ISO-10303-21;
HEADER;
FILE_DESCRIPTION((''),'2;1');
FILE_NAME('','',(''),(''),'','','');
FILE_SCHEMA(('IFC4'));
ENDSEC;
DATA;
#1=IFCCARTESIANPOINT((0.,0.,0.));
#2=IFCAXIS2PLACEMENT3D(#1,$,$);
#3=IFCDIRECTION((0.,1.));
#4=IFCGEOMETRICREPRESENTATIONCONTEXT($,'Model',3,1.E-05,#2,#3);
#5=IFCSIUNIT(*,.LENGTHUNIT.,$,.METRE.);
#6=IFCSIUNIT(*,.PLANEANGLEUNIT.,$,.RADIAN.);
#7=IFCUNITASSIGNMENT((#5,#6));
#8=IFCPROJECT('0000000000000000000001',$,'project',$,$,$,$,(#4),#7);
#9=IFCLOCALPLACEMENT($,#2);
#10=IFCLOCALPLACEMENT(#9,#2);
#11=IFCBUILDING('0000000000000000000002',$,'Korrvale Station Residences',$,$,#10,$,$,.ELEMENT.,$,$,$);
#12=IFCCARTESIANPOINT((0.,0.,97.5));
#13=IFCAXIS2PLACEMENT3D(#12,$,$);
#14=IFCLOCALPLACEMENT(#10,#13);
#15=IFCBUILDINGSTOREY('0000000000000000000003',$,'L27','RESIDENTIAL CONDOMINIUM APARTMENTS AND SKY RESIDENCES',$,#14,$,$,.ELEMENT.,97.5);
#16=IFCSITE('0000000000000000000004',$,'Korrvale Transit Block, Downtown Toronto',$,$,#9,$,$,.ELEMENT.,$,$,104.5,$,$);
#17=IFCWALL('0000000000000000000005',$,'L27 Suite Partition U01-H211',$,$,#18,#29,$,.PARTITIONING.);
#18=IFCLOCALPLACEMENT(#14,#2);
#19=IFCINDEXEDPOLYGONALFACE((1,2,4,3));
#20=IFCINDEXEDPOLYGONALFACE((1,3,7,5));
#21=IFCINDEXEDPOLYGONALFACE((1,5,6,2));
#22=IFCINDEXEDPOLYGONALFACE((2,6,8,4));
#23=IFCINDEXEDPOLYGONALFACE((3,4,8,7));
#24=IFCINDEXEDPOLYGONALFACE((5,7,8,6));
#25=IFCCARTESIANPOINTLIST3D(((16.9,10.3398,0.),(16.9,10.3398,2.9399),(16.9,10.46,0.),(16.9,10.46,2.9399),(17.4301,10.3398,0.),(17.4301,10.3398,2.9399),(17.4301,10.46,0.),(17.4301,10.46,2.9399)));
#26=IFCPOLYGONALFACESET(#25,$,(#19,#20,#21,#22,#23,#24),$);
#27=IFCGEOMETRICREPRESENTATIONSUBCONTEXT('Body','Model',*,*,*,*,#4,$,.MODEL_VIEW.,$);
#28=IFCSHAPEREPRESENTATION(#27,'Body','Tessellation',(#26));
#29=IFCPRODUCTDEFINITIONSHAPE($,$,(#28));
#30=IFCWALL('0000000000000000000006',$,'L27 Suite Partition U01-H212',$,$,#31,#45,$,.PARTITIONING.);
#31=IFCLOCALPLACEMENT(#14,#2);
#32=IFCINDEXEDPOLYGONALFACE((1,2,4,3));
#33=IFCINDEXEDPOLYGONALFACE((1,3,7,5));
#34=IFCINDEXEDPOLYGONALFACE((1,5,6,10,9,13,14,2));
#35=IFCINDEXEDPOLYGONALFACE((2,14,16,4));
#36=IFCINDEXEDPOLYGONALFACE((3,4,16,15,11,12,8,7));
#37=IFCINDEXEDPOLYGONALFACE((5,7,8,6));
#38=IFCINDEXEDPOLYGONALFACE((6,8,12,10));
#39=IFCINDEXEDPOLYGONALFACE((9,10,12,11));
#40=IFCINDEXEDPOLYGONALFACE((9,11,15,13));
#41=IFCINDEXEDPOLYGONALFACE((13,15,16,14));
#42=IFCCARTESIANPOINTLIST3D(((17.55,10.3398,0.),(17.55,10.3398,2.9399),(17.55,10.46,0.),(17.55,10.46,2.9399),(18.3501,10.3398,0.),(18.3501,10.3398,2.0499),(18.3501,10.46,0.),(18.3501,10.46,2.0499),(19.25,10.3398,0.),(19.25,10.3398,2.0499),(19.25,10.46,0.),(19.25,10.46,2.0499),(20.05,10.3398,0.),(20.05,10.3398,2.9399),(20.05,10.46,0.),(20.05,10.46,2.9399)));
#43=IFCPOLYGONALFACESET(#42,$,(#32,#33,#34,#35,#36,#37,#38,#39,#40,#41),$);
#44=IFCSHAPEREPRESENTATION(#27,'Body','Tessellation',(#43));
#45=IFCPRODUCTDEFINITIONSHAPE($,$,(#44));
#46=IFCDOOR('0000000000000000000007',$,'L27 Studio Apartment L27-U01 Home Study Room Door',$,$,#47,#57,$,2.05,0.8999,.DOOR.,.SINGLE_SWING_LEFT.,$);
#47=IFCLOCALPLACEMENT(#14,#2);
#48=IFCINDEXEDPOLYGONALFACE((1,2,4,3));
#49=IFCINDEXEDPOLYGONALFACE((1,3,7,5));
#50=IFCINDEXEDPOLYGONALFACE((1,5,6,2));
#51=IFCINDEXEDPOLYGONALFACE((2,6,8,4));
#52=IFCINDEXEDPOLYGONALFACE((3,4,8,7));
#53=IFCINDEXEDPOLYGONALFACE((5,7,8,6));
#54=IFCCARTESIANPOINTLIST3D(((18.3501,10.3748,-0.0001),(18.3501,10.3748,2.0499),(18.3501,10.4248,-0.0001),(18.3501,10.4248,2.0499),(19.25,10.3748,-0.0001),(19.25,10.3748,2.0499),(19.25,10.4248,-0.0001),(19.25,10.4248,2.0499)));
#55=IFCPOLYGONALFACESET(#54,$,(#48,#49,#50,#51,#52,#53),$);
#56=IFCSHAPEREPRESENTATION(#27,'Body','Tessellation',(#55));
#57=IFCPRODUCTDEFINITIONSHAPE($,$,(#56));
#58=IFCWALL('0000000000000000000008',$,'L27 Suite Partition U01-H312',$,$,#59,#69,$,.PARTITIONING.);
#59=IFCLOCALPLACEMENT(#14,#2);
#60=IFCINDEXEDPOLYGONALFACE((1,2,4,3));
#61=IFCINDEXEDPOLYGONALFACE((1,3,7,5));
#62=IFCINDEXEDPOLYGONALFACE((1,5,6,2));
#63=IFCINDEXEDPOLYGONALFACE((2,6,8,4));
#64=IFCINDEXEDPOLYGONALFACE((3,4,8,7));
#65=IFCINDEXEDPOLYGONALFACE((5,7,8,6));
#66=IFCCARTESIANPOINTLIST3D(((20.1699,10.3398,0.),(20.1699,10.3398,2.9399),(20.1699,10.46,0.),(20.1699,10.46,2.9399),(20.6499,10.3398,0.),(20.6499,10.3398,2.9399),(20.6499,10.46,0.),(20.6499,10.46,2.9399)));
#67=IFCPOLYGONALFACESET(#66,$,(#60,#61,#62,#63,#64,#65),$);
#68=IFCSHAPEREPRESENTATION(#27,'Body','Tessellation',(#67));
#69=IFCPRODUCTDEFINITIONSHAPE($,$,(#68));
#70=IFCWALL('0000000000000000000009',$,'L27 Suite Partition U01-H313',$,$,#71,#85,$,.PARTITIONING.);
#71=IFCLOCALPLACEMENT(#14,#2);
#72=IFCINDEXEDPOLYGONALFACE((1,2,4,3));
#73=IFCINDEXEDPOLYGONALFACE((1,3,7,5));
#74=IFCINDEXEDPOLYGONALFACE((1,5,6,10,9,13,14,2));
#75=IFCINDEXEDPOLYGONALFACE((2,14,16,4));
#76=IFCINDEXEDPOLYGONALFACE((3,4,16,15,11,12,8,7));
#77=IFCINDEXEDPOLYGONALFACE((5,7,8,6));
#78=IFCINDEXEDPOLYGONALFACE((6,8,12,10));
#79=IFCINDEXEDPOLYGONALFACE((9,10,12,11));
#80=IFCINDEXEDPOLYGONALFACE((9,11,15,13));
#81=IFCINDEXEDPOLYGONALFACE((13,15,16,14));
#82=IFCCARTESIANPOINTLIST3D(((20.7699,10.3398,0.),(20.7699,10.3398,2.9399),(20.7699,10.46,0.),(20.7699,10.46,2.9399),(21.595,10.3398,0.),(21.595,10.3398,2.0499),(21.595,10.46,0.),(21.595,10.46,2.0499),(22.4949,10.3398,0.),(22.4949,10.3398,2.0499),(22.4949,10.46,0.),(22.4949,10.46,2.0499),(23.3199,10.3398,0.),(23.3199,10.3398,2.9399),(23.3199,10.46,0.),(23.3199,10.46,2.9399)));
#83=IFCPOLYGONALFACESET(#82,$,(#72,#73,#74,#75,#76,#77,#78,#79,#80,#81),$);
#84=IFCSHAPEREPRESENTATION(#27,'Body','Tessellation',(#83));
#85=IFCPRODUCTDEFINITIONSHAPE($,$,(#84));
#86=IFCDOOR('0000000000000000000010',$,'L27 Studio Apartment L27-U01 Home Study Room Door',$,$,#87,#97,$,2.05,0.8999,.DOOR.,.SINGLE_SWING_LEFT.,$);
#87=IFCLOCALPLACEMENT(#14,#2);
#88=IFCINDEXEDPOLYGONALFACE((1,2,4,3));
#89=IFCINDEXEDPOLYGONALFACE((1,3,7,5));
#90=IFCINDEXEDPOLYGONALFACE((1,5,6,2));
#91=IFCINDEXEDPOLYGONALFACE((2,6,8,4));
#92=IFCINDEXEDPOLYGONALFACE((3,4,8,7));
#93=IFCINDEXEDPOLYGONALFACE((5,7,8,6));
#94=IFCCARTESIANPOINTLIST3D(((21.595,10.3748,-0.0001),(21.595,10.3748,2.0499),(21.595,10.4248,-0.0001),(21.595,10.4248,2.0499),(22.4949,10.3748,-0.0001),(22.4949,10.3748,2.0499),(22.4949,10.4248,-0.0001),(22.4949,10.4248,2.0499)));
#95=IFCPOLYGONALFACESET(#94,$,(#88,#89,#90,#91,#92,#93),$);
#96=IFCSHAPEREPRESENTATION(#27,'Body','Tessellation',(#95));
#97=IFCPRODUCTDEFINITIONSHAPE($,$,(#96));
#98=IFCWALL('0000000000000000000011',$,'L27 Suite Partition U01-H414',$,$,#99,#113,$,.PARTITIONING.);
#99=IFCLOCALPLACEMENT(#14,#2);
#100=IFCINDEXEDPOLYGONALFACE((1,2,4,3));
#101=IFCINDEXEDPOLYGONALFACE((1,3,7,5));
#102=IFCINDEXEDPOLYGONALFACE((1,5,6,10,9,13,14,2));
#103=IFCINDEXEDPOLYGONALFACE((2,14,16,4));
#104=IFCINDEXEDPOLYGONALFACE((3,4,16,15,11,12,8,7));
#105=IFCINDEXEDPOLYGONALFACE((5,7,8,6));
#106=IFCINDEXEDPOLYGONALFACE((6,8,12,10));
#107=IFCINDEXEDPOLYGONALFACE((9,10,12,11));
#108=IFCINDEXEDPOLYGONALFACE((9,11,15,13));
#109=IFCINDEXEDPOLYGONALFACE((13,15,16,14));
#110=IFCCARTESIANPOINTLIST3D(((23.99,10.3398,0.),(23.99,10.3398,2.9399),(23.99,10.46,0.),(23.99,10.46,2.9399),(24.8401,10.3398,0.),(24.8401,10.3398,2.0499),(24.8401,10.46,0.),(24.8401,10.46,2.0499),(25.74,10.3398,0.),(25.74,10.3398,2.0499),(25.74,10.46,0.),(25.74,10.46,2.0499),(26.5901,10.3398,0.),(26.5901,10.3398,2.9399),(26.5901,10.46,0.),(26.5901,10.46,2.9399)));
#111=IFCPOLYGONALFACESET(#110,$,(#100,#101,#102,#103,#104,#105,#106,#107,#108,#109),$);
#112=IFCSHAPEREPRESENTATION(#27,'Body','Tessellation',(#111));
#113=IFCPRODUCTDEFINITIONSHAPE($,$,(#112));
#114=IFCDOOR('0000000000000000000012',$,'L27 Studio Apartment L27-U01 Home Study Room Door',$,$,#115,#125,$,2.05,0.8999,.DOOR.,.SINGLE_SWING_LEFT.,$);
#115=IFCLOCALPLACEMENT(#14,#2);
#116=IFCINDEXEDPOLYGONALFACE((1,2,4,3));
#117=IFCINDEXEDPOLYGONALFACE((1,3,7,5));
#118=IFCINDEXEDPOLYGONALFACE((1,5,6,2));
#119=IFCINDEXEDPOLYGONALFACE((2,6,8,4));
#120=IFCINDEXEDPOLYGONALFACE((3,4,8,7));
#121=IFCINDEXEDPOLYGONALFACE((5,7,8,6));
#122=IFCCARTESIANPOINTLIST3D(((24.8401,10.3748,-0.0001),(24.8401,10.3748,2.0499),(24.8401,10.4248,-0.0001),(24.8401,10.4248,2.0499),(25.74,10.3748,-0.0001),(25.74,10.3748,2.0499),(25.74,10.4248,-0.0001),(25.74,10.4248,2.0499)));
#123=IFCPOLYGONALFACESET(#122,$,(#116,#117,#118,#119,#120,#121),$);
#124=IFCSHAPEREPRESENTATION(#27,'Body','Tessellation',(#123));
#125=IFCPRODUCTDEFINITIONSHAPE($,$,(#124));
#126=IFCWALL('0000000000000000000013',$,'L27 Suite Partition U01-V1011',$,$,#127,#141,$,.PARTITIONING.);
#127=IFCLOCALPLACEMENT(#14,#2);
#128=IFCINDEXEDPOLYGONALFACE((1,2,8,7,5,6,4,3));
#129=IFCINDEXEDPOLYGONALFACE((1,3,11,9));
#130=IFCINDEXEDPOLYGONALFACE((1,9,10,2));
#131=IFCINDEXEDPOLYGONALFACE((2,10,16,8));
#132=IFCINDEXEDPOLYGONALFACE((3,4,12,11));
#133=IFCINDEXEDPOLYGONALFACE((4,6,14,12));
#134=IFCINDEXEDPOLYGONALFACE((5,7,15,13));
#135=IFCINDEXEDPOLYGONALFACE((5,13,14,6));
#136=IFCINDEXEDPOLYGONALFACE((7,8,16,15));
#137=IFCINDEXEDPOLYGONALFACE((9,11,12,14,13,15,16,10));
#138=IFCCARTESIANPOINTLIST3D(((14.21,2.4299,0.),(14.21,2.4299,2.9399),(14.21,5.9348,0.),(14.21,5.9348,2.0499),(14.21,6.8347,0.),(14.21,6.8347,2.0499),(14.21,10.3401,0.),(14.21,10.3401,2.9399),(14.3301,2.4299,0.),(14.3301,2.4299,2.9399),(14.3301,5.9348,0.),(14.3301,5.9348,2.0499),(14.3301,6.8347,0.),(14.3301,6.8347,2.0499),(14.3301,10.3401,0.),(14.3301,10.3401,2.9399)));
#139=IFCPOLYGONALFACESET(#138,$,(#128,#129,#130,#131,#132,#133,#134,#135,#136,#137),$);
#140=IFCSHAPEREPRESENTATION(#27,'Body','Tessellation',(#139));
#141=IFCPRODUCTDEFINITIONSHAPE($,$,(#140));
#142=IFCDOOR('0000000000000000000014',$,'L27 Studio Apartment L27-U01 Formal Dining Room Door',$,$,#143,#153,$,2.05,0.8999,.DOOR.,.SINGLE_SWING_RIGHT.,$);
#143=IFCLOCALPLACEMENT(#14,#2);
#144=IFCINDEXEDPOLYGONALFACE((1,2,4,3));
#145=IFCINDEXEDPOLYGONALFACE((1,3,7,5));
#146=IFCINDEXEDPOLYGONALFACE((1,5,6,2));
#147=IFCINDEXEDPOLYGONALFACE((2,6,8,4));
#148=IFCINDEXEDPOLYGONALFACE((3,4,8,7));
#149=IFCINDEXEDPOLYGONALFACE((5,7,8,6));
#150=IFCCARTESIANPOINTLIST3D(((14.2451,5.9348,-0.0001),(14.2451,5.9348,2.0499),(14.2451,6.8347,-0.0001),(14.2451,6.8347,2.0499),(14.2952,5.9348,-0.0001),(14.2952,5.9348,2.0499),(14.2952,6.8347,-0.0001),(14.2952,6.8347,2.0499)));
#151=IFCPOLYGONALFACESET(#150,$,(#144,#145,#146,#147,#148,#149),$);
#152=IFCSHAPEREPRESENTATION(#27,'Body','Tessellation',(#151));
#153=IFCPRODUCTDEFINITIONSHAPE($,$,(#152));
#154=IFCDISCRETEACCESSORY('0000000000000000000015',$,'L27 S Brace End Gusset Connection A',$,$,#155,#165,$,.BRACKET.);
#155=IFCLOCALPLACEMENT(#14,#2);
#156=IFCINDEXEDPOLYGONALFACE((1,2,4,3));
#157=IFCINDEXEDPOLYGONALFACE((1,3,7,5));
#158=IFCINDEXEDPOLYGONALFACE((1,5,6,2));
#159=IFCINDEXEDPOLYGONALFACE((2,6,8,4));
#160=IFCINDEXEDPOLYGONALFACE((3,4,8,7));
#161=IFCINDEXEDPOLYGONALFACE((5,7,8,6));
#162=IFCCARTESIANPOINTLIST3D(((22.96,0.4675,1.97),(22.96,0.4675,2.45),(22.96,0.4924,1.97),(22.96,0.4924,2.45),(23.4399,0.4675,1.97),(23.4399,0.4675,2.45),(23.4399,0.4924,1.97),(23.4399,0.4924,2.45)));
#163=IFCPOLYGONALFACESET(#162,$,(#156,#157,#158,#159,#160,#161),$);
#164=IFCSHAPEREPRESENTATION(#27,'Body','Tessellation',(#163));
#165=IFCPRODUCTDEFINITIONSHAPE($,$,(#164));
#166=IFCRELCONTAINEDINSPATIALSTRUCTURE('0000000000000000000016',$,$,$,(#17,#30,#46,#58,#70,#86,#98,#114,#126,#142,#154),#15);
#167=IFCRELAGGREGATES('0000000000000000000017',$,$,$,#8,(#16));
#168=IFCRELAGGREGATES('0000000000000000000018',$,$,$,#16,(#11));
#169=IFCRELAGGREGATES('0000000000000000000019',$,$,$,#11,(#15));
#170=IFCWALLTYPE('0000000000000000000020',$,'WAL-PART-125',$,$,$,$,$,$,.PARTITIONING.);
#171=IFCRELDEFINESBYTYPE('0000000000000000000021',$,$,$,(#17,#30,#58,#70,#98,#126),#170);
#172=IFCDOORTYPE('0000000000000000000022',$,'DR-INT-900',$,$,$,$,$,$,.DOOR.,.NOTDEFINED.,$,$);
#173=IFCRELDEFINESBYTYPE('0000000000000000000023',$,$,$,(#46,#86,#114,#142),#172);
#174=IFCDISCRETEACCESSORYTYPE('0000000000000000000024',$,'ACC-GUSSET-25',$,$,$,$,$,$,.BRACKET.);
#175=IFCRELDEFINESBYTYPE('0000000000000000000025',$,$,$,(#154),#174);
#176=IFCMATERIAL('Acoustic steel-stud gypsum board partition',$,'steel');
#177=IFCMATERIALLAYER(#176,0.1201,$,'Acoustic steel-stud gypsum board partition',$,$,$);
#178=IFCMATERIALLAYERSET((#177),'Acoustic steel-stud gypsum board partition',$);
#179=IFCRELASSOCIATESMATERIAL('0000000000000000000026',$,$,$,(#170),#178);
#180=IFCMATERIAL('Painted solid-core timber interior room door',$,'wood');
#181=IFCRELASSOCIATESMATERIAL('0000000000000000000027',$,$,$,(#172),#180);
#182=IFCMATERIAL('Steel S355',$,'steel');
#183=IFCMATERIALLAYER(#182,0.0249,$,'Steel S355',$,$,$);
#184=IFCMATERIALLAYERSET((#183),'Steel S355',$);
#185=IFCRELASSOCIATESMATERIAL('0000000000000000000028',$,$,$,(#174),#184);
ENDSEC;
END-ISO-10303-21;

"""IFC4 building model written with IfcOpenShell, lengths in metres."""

from ifc_helpers import new_model, si_unit, direction, frame, frame_2d, origin, origin_2d, place, context, subcontext, project, spatial, rectangle, extrude, material, layer, layer_set, type_object, element, fill, save


model = new_model("IFC4")

# Units and contexts
model_context = context("Model", 3, precision=1e-05, world=origin(), true_north=direction((0.0, 1.0)))
body_context = subcontext(model_context, "Body", "Model", "MODEL_VIEW")
ifc_project = project(units=[si_unit("LENGTHUNIT", "METRE"), si_unit("PLANEANGLEUNIT", "RADIAN")], contexts=[model_context])

# Site, building, storey
site_placement = place(None, origin())
site = spatial("IfcSite", under=ifc_project, at=site_placement, Name="Korrvale Transit Block, Downtown Toronto", CompositionType="ELEMENT", RefElevation=104.5)
building_placement = place(site_placement, origin())
building = spatial("IfcBuilding", under=site, at=building_placement, Name="Korrvale Station Residences", CompositionType="ELEMENT")
storey_placement = place(building_placement, frame((0.0, 0.0, 97.5)))
storey = spatial("IfcBuildingStorey", under=building, at=storey_placement, Name="L27", Description="RESIDENTIAL CONDOMINIUM APARTMENTS AND SKY RESIDENCES", CompositionType="ELEMENT", Elevation=97.5)

# Shared definitions
ifc_material_1 = material(Name="Steel S355", Category="steel")

# Shared definitions
ifc_material_2 = material(Name="Acoustic steel-stud gypsum board partition", Category="steel")
ifc_layer_1 = layer(ifc_material_2, 0.1201, Name="Acoustic steel-stud gypsum board partition")
ifc_layer_set_1 = layer_set([ifc_layer_1], Name="Acoustic steel-stud gypsum board partition")
wall_type_1 = type_object("IfcWallType", Name="WAL-PART-125", PredefinedType="PARTITIONING", material=ifc_layer_set_1)
ifc_material_3 = material(Name="Painted solid-core timber interior room door", Category="wood")
door_type_1 = type_object("IfcDoorType", Name="DR-INT-900", OperationType="NOTDEFINED", PredefinedType="DOOR", material=ifc_material_3)

# Wall
wall_1_placement = place(storey_placement, frame((16.8999, 10.3999, 0.0), z_axis=(0.0, 0.0, 1.0), x_axis=(1.0, 0.0, 0.0)))
element("IfcWall", 1, at=wall_1_placement, inside=storey, type_object=wall_type_1, Name="L27 Suite Partition U01-H211", PredefinedType="PARTITIONING", context=body_context, shape_type="SweptSolid", body=[
    extrude(rectangle(XDim=0.53, YDim=0.1201, at=frame_2d((0.2651, 0.0))), origin(), (0.0, 0.0, 1.0), 2.9399),
])

# Wall, opening, door
wall_2_placement = place(storey_placement, frame((17.55, 10.3999, 0.0), z_axis=(0.0, 0.0, 1.0), x_axis=(1.0, 0.0, 0.0)))
wall_2 = element("IfcWall", 2, at=wall_2_placement, inside=storey, type_object=wall_type_1, Name="L27 Suite Partition U01-H212", PredefinedType="PARTITIONING", context=body_context, shape_type="SweptSolid", body=[
    extrude(rectangle(XDim=2.5, YDim=0.1201, at=frame_2d((1.25, 0.0))), origin(), (0.0, 0.0, 1.0), 2.9399),
])
opening_1_placement = place(wall_2_placement, frame((0.8, 0.0, 0.0)))
opening_1 = element("IfcOpeningElement", 3, at=opening_1_placement, cuts=wall_2, PredefinedType="OPENING", context=body_context, shape_type="SweptSolid", body=[
    extrude(rectangle(XDim=0.8999, YDim=2.05, at=frame_2d((0.45, 1.0249))), frame((0.0, 0.0701, 0.0), z_axis=(0.0, -1.0, 0.0), x_axis=(1.0, 0.0, 0.0)), (0.0, 0.0, 1.0), 0.1401),
])
door_1_placement = place(opening_1_placement, origin())
door_1 = element("IfcDoor", 4, at=door_1_placement, inside=storey, type_object=door_type_1, Name="L27 Studio Apartment L27-U01 Home Study Room Door", OperationType="SINGLE_SWING_LEFT", OverallHeight=2.05, OverallWidth=0.8999, PredefinedType="DOOR", context=body_context, shape_type="SweptSolid", body=[
    extrude(rectangle(XDim=0.8999, YDim=2.05, at=frame_2d((0.45, 1.0249))), frame((0.0, 0.0249, 0.0), z_axis=(0.0, -1.0, 0.0), x_axis=(1.0, 0.0, 0.0)), (0.0, 0.0, 1.0), 0.05),
])
fill(opening_1, door_1)

# Wall
wall_3_placement = place(storey_placement, frame((20.1699, 10.3999, 0.0), z_axis=(0.0, 0.0, 1.0), x_axis=(1.0, 0.0, 0.0)))
element("IfcWall", 5, at=wall_3_placement, inside=storey, type_object=wall_type_1, Name="L27 Suite Partition U01-H312", PredefinedType="PARTITIONING", context=body_context, shape_type="SweptSolid", body=[
    extrude(rectangle(XDim=0.48, YDim=0.1201, at=frame_2d((0.24, 0.0))), origin(), (0.0, 0.0, 1.0), 2.9399),
])

# Walls, openings, doors
wall_4_placement = place(storey_placement, frame((20.77, 10.3999, 0.0), z_axis=(0.0, 0.0, 1.0), x_axis=(1.0, 0.0, 0.0)))
wall_4 = element("IfcWall", 6, at=wall_4_placement, inside=storey, type_object=wall_type_1, Name="L27 Suite Partition U01-H313", PredefinedType="PARTITIONING", context=body_context, shape_type="SweptSolid", body=[
    extrude(rectangle(XDim=2.55, YDim=0.1201, at=frame_2d((1.2749, 0.0))), origin(), (0.0, 0.0, 1.0), 2.9399),
])
opening_2_placement = place(wall_4_placement, frame((0.825, 0.0, 0.0)))
opening_2 = element("IfcOpeningElement", 7, at=opening_2_placement, cuts=wall_4, PredefinedType="OPENING", context=body_context, shape_type="SweptSolid", body=[
    extrude(rectangle(XDim=0.8999, YDim=2.05, at=frame_2d((0.45, 1.0249))), frame((0.0, 0.0701, 0.0), z_axis=(0.0, -1.0, 0.0), x_axis=(1.0, 0.0, 0.0)), (0.0, 0.0, 1.0), 0.1401),
])
door_2_placement = place(opening_2_placement, origin())
door_2 = element("IfcDoor", 8, at=door_2_placement, inside=storey, type_object=door_type_1, Name="L27 Studio Apartment L27-U01 Home Study Room Door", OperationType="SINGLE_SWING_LEFT", OverallHeight=2.05, OverallWidth=0.8999, PredefinedType="DOOR", context=body_context, shape_type="SweptSolid", body=[
    extrude(rectangle(XDim=0.8999, YDim=2.05, at=frame_2d((0.45, 1.0249))), frame((0.0, 0.0249, 0.0), z_axis=(0.0, -1.0, 0.0), x_axis=(1.0, 0.0, 0.0)), (0.0, 0.0, 1.0), 0.05),
])
fill(opening_2, door_2)
wall_5_placement = place(storey_placement, frame((23.99, 10.3999, 0.0), z_axis=(0.0, 0.0, 1.0), x_axis=(1.0, 0.0, 0.0)))
wall_5 = element("IfcWall", 9, at=wall_5_placement, inside=storey, type_object=wall_type_1, Name="L27 Suite Partition U01-H414", PredefinedType="PARTITIONING", context=body_context, shape_type="SweptSolid", body=[
    extrude(rectangle(XDim=2.6001, YDim=0.1201, at=frame_2d((1.3, 0.0))), origin(), (0.0, 0.0, 1.0), 2.9399),
])
opening_3_placement = place(wall_5_placement, frame((0.8501, 0.0, 0.0)))
opening_3 = element("IfcOpeningElement", 10, at=opening_3_placement, cuts=wall_5, PredefinedType="OPENING", context=body_context, shape_type="SweptSolid", body=[
    extrude(rectangle(XDim=0.8999, YDim=2.05, at=frame_2d((0.45, 1.0249))), frame((0.0, 0.0701, 0.0), z_axis=(0.0, -1.0, 0.0), x_axis=(1.0, 0.0, 0.0)), (0.0, 0.0, 1.0), 0.1401),
])
door_3_placement = place(opening_3_placement, origin())
door_3 = element("IfcDoor", 11, at=door_3_placement, inside=storey, type_object=door_type_1, Name="L27 Studio Apartment L27-U01 Home Study Room Door", OperationType="SINGLE_SWING_LEFT", OverallHeight=2.05, OverallWidth=0.8999, PredefinedType="DOOR", context=body_context, shape_type="SweptSolid", body=[
    extrude(rectangle(XDim=0.8999, YDim=2.05, at=frame_2d((0.45, 1.0249))), frame((0.0, 0.0249, 0.0), z_axis=(0.0, -1.0, 0.0), x_axis=(1.0, 0.0, 0.0)), (0.0, 0.0, 1.0), 0.05),
])
fill(opening_3, door_3)
wall_6_placement = place(storey_placement, frame((14.27, 2.4299, 0.0), z_axis=(0.0, 0.0, 1.0), x_axis=(0.0, 1.0, 0.0)))
wall_6 = element("IfcWall", 12, at=wall_6_placement, inside=storey, type_object=wall_type_1, Name="L27 Suite Partition U01-V1011", PredefinedType="PARTITIONING", context=body_context, shape_type="SweptSolid", body=[
    extrude(rectangle(XDim=7.9102, YDim=0.1201, at=frame_2d((3.9551, 0.0))), origin(), (0.0, 0.0, 1.0), 2.9399),
])
opening_4_placement = place(wall_6_placement, frame((3.5049, 0.0, 0.0)))
opening_4 = element("IfcOpeningElement", 13, at=opening_4_placement, cuts=wall_6, PredefinedType="OPENING", context=body_context, shape_type="SweptSolid", body=[
    extrude(rectangle(XDim=0.8999, YDim=2.05, at=frame_2d((0.45, 1.0249))), frame((0.0, 0.0701, 0.0), z_axis=(0.0, -1.0, 0.0), x_axis=(1.0, 0.0, 0.0)), (0.0, 0.0, 1.0), 0.1401),
])
door_4_placement = place(opening_4_placement, origin())
door_4 = element("IfcDoor", 14, at=door_4_placement, inside=storey, type_object=door_type_1, Name="L27 Studio Apartment L27-U01 Formal Dining Room Door", OperationType="SINGLE_SWING_RIGHT", OverallHeight=2.05, OverallWidth=0.8999, PredefinedType="DOOR", context=body_context, shape_type="SweptSolid", body=[
    extrude(rectangle(XDim=0.8999, YDim=2.05, at=frame_2d((0.45, 1.0249))), frame((0.0, 0.0249, 0.0), z_axis=(0.0, -1.0, 0.0), x_axis=(1.0, 0.0, 0.0)), (0.0, 0.0, 1.0), 0.05),
])
fill(opening_4, door_4)

# Discrete accessory
ifc_layer_2 = layer(ifc_material_1, 0.0249, Name="Steel S355")
ifc_layer_set_2 = layer_set([ifc_layer_2], Name="Steel S355")
discrete_accessory_type = type_object("IfcDiscreteAccessoryType", Name="ACC-GUSSET-25", PredefinedType="BRACKET", material=ifc_layer_set_2)
discrete_accessory_placement = place(storey_placement, frame((23.2, 0.48, 1.97), z_axis=(0.0, 0.0, 1.0), x_axis=(1.0, 0.0, 0.0)))
element("IfcDiscreteAccessory", 15, at=discrete_accessory_placement, inside=storey, type_object=discrete_accessory_type, Name="L27 S Brace End Gusset Connection A", PredefinedType="BRACKET", context=body_context, shape_type="SweptSolid", body=[
    extrude(rectangle(XDim=0.48, YDim=0.0249, at=origin_2d()), origin(), (0.0, 0.0, 1.0), 0.48),
])

save(model, "model.ifc")
